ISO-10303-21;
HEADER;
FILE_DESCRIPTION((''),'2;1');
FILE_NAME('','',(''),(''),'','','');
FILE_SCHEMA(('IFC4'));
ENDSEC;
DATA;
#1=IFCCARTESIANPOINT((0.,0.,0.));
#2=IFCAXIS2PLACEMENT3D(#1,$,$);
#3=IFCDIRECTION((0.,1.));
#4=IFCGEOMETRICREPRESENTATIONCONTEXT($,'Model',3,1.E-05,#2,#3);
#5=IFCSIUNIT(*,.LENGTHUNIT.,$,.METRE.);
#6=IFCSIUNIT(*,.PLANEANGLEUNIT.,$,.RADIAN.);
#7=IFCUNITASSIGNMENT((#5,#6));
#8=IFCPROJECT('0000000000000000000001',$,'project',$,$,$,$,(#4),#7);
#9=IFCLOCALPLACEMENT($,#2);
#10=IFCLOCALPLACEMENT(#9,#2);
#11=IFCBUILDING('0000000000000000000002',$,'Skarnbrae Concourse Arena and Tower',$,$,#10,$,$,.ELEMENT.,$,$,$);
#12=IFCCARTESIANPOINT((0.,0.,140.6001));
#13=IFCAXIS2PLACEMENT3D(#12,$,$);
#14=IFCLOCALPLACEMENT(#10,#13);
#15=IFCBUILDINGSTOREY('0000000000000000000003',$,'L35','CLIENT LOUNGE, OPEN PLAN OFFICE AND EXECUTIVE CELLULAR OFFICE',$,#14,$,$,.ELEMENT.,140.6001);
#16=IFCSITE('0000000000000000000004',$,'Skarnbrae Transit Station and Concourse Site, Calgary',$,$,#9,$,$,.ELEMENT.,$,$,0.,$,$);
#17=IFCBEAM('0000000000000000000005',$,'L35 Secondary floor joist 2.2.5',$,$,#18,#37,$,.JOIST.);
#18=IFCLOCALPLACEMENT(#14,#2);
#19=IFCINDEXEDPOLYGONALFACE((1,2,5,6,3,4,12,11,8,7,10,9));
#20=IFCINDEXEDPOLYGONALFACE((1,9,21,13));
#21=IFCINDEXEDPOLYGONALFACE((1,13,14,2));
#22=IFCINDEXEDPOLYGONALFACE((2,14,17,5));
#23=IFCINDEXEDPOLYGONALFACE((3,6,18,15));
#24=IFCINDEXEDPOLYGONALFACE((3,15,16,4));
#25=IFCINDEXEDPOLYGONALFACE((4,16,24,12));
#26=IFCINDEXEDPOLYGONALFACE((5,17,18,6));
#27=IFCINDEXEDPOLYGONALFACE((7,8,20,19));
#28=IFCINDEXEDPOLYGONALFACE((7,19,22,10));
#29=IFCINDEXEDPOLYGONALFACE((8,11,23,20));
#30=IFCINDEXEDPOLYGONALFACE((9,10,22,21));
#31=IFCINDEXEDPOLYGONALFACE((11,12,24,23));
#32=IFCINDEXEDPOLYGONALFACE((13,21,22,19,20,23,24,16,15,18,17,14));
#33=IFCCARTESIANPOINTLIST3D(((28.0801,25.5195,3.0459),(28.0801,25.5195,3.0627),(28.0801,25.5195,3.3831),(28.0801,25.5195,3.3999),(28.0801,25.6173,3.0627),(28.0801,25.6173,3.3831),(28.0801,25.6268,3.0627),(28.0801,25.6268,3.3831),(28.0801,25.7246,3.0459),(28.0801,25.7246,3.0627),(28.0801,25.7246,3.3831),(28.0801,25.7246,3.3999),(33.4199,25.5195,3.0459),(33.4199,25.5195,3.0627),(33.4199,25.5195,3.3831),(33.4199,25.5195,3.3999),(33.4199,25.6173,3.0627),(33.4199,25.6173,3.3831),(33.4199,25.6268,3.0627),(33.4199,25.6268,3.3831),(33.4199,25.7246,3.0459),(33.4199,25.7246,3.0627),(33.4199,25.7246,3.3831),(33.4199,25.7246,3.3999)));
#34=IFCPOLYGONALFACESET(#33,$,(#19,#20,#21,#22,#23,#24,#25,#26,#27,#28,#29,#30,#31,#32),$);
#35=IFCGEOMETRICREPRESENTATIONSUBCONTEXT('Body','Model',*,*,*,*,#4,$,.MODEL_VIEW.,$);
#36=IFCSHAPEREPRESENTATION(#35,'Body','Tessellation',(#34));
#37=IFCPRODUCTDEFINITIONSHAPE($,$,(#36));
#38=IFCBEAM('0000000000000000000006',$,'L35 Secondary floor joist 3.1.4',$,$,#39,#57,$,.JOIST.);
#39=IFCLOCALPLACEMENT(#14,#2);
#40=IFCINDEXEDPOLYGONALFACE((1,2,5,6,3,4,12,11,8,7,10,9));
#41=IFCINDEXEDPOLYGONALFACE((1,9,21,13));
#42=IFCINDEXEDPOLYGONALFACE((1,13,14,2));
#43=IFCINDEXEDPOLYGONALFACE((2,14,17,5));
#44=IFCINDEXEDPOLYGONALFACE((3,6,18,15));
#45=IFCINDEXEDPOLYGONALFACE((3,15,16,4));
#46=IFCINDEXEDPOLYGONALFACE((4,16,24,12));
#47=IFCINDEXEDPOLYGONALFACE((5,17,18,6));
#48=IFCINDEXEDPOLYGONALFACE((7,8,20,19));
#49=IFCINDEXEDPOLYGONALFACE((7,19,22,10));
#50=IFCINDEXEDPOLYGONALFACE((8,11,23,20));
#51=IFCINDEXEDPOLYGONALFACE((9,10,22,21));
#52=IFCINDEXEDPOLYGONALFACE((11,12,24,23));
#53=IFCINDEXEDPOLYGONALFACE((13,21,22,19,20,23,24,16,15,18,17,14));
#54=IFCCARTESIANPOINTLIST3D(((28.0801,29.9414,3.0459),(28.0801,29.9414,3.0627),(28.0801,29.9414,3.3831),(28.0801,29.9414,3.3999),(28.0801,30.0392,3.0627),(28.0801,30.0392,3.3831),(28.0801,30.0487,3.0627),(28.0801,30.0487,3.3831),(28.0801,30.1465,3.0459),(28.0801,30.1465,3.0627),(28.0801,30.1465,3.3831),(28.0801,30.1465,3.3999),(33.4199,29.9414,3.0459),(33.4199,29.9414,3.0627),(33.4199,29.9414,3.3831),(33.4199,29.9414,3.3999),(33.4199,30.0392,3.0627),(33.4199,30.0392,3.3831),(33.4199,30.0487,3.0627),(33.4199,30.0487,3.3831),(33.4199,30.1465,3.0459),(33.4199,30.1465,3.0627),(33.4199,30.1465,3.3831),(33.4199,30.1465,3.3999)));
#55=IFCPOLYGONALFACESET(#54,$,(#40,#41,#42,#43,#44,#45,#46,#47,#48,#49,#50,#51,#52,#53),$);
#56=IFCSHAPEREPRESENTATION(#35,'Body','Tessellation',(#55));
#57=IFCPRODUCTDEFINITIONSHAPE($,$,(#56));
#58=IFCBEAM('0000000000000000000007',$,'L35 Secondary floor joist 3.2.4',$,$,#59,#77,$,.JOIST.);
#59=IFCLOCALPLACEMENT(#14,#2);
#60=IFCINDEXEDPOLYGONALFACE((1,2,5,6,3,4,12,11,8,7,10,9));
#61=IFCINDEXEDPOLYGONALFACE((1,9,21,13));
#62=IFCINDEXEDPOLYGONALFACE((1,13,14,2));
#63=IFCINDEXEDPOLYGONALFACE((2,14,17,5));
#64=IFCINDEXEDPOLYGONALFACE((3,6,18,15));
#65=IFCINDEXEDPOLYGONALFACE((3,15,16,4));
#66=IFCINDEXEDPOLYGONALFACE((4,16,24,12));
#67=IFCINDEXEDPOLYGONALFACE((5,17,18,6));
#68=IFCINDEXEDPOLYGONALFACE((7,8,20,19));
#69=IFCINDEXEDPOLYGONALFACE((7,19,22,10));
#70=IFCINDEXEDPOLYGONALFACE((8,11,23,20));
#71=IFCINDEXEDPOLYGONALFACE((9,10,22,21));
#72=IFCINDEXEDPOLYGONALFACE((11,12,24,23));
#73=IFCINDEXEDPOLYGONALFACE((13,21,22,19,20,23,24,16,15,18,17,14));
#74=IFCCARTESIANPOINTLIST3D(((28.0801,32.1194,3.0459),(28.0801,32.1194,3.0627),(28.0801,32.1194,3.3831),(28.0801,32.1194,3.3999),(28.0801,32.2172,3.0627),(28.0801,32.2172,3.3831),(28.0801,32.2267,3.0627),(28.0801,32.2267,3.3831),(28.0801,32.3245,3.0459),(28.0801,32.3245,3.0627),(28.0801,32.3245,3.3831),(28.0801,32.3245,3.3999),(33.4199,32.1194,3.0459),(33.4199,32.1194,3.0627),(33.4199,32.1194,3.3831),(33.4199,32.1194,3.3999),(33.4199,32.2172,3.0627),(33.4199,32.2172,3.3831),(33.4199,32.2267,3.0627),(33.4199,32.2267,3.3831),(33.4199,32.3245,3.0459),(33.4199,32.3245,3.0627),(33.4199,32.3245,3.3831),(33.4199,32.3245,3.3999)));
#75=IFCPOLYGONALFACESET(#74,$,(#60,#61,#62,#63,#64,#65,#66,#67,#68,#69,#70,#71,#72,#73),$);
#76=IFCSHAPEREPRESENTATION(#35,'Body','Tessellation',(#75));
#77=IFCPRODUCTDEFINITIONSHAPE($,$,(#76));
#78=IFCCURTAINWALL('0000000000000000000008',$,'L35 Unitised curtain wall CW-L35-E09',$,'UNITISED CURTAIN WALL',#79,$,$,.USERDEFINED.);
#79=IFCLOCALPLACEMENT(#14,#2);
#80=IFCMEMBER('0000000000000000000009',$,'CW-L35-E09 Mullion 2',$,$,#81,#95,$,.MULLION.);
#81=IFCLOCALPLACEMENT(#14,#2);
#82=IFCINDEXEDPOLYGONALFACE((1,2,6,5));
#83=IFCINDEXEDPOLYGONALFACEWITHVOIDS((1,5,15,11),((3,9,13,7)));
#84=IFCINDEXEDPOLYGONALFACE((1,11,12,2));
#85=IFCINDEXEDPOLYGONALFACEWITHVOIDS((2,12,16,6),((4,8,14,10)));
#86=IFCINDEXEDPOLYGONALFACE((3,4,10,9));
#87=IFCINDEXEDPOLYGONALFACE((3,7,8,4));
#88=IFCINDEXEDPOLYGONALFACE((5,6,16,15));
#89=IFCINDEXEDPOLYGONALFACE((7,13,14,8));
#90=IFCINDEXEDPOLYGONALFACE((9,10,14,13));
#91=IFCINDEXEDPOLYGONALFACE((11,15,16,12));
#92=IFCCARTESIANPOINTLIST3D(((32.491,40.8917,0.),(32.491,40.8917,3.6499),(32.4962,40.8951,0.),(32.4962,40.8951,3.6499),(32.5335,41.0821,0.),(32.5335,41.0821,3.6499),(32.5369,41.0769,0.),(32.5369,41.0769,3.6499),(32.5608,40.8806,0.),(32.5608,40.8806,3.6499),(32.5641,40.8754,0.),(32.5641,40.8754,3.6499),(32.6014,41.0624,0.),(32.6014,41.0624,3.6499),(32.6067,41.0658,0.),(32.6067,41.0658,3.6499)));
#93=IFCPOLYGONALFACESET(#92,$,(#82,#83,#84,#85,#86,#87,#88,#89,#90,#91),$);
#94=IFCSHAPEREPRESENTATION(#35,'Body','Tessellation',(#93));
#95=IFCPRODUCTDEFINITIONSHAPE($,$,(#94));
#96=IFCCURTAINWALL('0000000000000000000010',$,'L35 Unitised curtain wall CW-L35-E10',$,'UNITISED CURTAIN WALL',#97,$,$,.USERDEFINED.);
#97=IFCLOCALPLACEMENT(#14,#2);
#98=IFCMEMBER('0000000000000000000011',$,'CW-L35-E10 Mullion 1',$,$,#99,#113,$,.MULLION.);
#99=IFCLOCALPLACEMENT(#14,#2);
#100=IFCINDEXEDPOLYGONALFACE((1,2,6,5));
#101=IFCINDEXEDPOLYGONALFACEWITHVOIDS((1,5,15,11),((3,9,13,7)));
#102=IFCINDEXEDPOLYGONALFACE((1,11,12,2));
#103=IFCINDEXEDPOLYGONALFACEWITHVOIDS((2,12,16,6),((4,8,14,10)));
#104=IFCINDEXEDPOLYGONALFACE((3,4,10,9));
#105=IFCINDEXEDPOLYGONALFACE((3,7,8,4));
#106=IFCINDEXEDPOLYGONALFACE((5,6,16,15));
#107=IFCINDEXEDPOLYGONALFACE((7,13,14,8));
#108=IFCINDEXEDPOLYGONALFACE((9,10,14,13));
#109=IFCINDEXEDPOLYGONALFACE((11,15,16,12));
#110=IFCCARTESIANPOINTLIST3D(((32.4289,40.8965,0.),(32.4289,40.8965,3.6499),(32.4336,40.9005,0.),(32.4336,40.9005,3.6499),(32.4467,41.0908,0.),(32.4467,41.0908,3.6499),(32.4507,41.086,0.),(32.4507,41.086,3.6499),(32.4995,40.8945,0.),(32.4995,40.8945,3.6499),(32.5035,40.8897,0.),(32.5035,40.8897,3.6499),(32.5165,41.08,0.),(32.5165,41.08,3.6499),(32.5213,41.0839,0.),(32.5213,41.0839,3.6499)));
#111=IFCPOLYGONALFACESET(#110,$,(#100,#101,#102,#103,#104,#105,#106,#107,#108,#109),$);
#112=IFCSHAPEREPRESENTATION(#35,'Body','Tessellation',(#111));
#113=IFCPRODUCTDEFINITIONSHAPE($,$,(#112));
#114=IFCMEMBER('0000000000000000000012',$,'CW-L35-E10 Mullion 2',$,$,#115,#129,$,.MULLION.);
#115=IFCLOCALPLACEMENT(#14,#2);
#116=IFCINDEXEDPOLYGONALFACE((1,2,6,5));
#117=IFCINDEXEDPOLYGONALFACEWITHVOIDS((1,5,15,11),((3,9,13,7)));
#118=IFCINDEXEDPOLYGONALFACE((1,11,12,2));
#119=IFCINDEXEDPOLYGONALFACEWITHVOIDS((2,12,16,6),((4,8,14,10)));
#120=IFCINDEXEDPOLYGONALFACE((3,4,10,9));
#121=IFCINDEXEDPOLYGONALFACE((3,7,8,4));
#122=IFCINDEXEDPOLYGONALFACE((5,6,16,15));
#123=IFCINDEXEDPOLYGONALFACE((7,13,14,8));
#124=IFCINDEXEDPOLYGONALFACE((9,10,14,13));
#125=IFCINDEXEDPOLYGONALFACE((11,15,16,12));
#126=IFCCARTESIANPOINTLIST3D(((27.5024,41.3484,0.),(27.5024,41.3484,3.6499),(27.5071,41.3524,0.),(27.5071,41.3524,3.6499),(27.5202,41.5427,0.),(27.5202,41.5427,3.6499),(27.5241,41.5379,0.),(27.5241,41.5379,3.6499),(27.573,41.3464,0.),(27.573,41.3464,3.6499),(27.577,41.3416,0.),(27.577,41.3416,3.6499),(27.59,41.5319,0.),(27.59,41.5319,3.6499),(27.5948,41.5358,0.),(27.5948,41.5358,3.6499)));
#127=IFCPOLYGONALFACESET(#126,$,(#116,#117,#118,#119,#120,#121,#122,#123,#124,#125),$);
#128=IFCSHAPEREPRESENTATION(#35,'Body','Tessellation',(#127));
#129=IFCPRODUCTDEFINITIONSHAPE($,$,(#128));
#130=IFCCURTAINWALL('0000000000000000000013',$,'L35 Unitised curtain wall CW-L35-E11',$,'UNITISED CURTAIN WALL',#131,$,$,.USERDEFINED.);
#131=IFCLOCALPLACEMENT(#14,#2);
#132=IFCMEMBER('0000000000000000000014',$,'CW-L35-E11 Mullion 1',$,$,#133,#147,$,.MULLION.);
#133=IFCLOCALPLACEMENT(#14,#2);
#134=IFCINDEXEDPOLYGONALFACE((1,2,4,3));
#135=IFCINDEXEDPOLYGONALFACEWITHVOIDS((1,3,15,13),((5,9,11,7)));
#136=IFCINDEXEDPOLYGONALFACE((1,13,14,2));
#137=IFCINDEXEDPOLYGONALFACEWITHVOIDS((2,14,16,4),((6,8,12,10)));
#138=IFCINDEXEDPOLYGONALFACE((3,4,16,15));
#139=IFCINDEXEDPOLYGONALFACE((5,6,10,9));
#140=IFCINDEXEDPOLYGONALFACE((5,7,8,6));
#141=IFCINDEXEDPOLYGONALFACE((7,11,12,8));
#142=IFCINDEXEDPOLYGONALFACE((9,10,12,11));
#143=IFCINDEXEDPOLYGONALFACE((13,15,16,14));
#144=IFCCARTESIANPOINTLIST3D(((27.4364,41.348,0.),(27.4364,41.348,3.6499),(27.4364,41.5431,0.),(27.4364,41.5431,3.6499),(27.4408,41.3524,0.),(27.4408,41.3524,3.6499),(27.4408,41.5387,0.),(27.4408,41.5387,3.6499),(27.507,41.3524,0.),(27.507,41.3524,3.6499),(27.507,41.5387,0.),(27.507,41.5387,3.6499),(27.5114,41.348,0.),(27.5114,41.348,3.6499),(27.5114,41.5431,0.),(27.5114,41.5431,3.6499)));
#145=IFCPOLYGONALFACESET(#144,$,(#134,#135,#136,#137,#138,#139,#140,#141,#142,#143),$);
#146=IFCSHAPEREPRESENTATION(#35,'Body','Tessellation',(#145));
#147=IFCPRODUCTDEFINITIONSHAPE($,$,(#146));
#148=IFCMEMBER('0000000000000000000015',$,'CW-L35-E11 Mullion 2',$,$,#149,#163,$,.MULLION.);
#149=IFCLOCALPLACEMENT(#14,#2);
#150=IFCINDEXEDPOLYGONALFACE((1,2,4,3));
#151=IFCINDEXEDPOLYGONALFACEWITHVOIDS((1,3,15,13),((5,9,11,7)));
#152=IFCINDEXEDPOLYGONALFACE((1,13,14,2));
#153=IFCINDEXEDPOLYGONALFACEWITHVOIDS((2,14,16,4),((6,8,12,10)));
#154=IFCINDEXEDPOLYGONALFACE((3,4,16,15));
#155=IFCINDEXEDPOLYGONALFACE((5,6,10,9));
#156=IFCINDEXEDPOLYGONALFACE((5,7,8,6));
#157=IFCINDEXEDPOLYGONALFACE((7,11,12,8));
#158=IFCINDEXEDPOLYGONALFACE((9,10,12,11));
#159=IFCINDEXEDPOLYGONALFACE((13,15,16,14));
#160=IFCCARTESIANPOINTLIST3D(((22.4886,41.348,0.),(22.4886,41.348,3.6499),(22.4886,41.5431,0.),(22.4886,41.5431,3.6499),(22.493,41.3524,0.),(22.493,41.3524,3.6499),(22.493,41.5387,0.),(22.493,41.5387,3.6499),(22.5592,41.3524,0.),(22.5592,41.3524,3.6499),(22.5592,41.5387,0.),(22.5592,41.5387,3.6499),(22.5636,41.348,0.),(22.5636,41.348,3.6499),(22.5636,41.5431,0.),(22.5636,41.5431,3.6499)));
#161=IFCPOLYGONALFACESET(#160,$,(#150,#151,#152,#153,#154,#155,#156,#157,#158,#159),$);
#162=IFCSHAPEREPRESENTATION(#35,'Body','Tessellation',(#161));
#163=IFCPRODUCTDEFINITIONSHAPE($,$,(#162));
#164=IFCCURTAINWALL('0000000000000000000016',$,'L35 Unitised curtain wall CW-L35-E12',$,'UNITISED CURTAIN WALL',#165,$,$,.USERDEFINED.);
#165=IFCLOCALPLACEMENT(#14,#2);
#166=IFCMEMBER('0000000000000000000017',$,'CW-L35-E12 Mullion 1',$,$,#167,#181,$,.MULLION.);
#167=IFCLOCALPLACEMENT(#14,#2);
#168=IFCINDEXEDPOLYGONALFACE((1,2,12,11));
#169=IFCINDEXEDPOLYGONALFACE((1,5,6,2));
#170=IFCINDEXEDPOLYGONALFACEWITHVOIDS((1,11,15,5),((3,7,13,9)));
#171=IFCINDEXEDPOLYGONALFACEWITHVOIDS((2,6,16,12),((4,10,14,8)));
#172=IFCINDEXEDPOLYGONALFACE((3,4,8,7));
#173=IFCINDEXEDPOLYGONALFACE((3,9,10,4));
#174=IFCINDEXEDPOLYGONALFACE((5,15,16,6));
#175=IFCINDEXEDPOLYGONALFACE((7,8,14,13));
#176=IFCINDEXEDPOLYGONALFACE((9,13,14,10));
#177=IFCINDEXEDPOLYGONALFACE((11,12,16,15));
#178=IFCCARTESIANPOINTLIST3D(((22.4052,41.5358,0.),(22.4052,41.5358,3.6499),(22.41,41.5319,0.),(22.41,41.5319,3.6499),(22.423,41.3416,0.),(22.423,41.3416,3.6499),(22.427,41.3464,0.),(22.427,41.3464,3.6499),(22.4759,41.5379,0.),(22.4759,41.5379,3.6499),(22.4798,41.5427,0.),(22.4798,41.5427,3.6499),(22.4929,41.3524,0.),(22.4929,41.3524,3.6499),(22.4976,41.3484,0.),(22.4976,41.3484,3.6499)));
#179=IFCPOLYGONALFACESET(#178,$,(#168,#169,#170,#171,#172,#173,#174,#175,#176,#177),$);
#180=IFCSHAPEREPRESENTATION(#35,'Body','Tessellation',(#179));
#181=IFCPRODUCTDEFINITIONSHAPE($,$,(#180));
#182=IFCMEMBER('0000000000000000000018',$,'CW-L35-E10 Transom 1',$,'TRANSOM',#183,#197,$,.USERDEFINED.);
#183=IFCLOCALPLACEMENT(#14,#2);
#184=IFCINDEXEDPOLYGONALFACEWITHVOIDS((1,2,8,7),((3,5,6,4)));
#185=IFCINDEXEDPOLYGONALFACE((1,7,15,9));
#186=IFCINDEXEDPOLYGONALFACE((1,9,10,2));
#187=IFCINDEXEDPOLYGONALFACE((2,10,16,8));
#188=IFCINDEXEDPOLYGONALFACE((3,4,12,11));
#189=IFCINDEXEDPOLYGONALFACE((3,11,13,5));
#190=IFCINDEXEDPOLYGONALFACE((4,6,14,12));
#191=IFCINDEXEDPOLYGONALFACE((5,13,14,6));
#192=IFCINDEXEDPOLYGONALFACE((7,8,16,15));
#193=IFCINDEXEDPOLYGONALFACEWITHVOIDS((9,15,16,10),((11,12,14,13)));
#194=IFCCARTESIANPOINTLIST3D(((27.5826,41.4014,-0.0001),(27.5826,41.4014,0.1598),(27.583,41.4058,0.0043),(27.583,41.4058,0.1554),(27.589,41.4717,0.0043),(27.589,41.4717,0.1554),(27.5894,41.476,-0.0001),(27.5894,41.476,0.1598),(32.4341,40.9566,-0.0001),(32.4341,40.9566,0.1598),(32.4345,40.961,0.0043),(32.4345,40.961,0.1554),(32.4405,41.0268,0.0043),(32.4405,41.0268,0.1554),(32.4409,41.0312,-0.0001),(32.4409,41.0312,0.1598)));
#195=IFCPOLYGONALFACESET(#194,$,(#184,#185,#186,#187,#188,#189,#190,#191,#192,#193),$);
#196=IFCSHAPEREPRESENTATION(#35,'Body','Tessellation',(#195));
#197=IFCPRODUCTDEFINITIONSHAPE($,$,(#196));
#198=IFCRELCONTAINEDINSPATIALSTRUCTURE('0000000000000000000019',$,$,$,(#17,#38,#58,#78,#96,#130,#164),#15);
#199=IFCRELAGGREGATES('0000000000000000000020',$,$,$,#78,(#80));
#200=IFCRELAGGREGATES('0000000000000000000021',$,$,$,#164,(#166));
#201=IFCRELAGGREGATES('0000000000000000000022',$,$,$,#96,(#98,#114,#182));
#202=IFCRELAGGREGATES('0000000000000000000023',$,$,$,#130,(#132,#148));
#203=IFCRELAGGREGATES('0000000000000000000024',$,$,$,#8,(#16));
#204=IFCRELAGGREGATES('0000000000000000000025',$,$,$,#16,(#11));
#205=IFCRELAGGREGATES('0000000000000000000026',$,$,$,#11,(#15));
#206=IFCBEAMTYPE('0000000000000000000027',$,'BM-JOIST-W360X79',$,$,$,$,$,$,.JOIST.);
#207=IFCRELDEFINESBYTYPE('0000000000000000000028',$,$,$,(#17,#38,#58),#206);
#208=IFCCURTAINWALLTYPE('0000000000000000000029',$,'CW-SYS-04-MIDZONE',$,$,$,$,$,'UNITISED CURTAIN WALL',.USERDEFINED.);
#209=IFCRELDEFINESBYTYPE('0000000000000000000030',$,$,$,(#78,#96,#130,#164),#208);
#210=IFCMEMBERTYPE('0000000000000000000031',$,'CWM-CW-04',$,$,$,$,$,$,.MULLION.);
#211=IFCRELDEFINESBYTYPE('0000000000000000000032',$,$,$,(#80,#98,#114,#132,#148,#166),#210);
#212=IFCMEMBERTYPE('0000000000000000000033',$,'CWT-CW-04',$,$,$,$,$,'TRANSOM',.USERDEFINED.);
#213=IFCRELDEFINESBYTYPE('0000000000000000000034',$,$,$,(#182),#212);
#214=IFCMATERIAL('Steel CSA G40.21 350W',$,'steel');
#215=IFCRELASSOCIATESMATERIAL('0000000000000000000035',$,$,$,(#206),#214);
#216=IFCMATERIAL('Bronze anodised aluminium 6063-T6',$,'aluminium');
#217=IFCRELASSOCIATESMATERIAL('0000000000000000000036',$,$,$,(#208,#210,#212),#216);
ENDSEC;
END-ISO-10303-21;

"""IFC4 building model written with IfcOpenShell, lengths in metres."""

from ifc_helpers import new_model, si_unit, direction, frame, origin, origin_2d, place, context, subcontext, project, spatial, hollow_rectangle, i_section, extrude, source, transform, mapped, material, material_profile, profile_set, type_object, element, aggregate, save


model = new_model("IFC4")

# Units and contexts
model_context = context("Model", 3, precision=1e-05, world=origin(), true_north=direction((0.0, 1.0)))
body_context = subcontext(model_context, "Body", "Model", "MODEL_VIEW")
ifc_project = project(units=[si_unit("LENGTHUNIT", "METRE"), si_unit("PLANEANGLEUNIT", "RADIAN")], contexts=[model_context])

# Site, building, storey
site_placement = place(None, origin())
site = spatial("IfcSite", under=ifc_project, at=site_placement, Name="Skarnbrae Transit Station and Concourse Site, Calgary", CompositionType="ELEMENT", RefElevation=0.0)
building_placement = place(site_placement, origin())
building = spatial("IfcBuilding", under=site, at=building_placement, Name="Skarnbrae Concourse Arena and Tower", CompositionType="ELEMENT")
storey_placement = place(building_placement, frame((0.0, 0.0, 140.6001)))
storey = spatial("IfcBuildingStorey", under=building, at=storey_placement, Name="L35", Description="CLIENT LOUNGE, OPEN PLAN OFFICE AND EXECUTIVE CELLULAR OFFICE", CompositionType="ELEMENT", Elevation=140.6001)

# Shared definitions
ifc_material_1 = material(Name="Steel CSA G40.21 350W", Category="steel")

# Beams
ifc_material_profile_1 = material_profile(ifc_material_1, i_section(OverallWidth=0.2051, OverallDepth=0.354, WebThickness=0.0095, FlangeThickness=0.0168, at=origin_2d()), Name="W360X79")
ifc_profile_set_1 = profile_set([ifc_material_profile_1], Name="Steel CSA G40.21 350W")
beam_type_1 = type_object("IfcBeamType", Name="BM-JOIST-W360X79", PredefinedType="JOIST", material=ifc_profile_set_1)
shared_shape_1 = source(origin(), body_context, "Body", "SweptSolid", [
    extrude(i_section(OverallWidth=0.2051, OverallDepth=0.354, WebThickness=0.0095, FlangeThickness=0.0168, at=origin_2d()), origin(), (0.0, 0.0, 1.0), 5.3398),
])
for number, where, z_axis, x_axis, name in (
    (1, (28.0801, 25.6221, 3.2229), (1.0, 0.0, 0.0), (0.0, 1.0, 0.0), "L35 Secondary floor joist 2.2.5"),
    (2, (28.0801, 30.0439, 3.2229), (1.0, 0.0, 0.0), (0.0, 1.0, 0.0), "L35 Secondary floor joist 3.1.4"),
    (3, (28.0801, 32.2219, 3.2229), (1.0, 0.0, 0.0), (0.0, 1.0, 0.0), "L35 Secondary floor joist 3.2.4"),
):
    element("IfcBeam", number, at=place(storey_placement, frame(where, z_axis=z_axis, x_axis=x_axis)), inside=storey, type_object=beam_type_1, Name=name, PredefinedType="JOIST", context=body_context, shape_type="MappedRepresentation", body=[
        mapped(shared_shape_1, transform((0.0, 0.0, 0.0))),
    ])

# Curtain wall, member
ifc_material_2 = material(Name="Bronze anodised aluminium 6063-T6", Category="aluminium")
curtain_wall_type = type_object("IfcCurtainWallType", Name="CW-SYS-04-MIDZONE", ElementType="UNITISED CURTAIN WALL", PredefinedType="USERDEFINED", material=ifc_material_2)
curtain_wall_1_placement = place(storey_placement, origin())
curtain_wall_1 = element("IfcCurtainWall", 4, at=curtain_wall_1_placement, inside=storey, type_object=curtain_wall_type, Name="L35 Unitised curtain wall CW-L35-E09", ObjectType="UNITISED CURTAIN WALL", PredefinedType="USERDEFINED")
ifc_material_profile_2 = material_profile(ifc_material_2, hollow_rectangle(XDim=0.075, YDim=0.1951, WallThickness=0.0044, at=origin_2d()), Name="ALU-MULL-75X195")
ifc_profile_set_2 = profile_set([ifc_material_profile_2], Name="Bronze anodised aluminium 6063-T6")
member_type_1 = type_object("IfcMemberType", Name="CWM-CW-04", PredefinedType="MULLION", material=ifc_profile_set_2)
shared_shape_2 = source(origin(), body_context, "Body", "SweptSolid", [
    extrude(hollow_rectangle(XDim=0.075, YDim=0.1951, WallThickness=0.0044, at=origin_2d()), origin(), (0.0, 0.0, 1.0), 3.6499),
])
member_1_placement = place(storey_placement, frame((32.5488, 40.9788, 0.0), z_axis=(0.0, 0.0, 1.0), x_axis=(-0.975936, 0.218056, 0.0)))
member_1 = element("IfcMember", 5, at=member_1_placement, type_object=member_type_1, Name="CW-L35-E09 Mullion 2", PredefinedType="MULLION", context=body_context, shape_type="MappedRepresentation", body=[
    mapped(shared_shape_2, transform((0.0, 0.0, 0.0))),
])
aggregate(curtain_wall_1, [member_1])

# Curtain walls, members
curtain_wall_2_placement = place(storey_placement, origin())
curtain_wall_2 = element("IfcCurtainWall", 6, at=curtain_wall_2_placement, inside=storey, type_object=curtain_wall_type, Name="L35 Unitised curtain wall CW-L35-E10", ObjectType="UNITISED CURTAIN WALL", PredefinedType="USERDEFINED")
member_2_placement = place(storey_placement, frame((32.4751, 40.9902, 0.0), z_axis=(0.0, 0.0, 1.0), x_axis=(-0.99582, 0.091338, 0.0)))
member_2 = element("IfcMember", 7, at=member_2_placement, type_object=member_type_1, Name="CW-L35-E10 Mullion 1", PredefinedType="MULLION", context=body_context, shape_type="MappedRepresentation", body=[
    mapped(shared_shape_2, transform((0.0, 0.0, 0.0))),
])
member_3_placement = place(storey_placement, frame((27.5486, 41.4421, 0.0), z_axis=(0.0, 0.0, 1.0), x_axis=(-0.99582, 0.091338, 0.0)))
member_3 = element("IfcMember", 8, at=member_3_placement, type_object=member_type_1, Name="CW-L35-E10 Mullion 2", PredefinedType="MULLION", context=body_context, shape_type="MappedRepresentation", body=[
    mapped(shared_shape_2, transform((0.0, 0.0, 0.0))),
])
curtain_wall_3_placement = place(storey_placement, origin())
curtain_wall_3 = element("IfcCurtainWall", 9, at=curtain_wall_3_placement, inside=storey, type_object=curtain_wall_type, Name="L35 Unitised curtain wall CW-L35-E11", ObjectType="UNITISED CURTAIN WALL", PredefinedType="USERDEFINED")
member_4_placement = place(storey_placement, frame((27.4739, 41.4456, 0.0), z_axis=(0.0, 0.0, 1.0), x_axis=(-1.0, 0.0, 0.0)))
member_4 = element("IfcMember", 10, at=member_4_placement, type_object=member_type_1, Name="CW-L35-E11 Mullion 1", PredefinedType="MULLION", context=body_context, shape_type="MappedRepresentation", body=[
    mapped(shared_shape_2, transform((0.0, 0.0, 0.0))),
])
member_5_placement = place(storey_placement, frame((22.5261, 41.4456, 0.0), z_axis=(0.0, 0.0, 1.0), x_axis=(-1.0, 0.0, 0.0)))
member_5 = element("IfcMember", 11, at=member_5_placement, type_object=member_type_1, Name="CW-L35-E11 Mullion 2", PredefinedType="MULLION", context=body_context, shape_type="MappedRepresentation", body=[
    mapped(shared_shape_2, transform((0.0, 0.0, 0.0))),
])

# Curtain wall, member
curtain_wall_4_placement = place(storey_placement, origin())
curtain_wall_4 = element("IfcCurtainWall", 12, at=curtain_wall_4_placement, inside=storey, type_object=curtain_wall_type, Name="L35 Unitised curtain wall CW-L35-E12", ObjectType="UNITISED CURTAIN WALL", PredefinedType="USERDEFINED")
member_6_placement = place(storey_placement, frame((22.4514, 41.4421, 0.0), z_axis=(0.0, 0.0, 1.0), x_axis=(-0.99582, -0.091338, 0.0)))
member_6 = element("IfcMember", 13, at=member_6_placement, type_object=member_type_1, Name="CW-L35-E12 Mullion 1", PredefinedType="MULLION", context=body_context, shape_type="MappedRepresentation", body=[
    mapped(shared_shape_2, transform((0.0, 0.0, 0.0))),
])

# Member
ifc_material_profile_3 = material_profile(ifc_material_2, hollow_rectangle(XDim=0.075, YDim=0.1599, WallThickness=0.0044, at=origin_2d()), Name="ALU-TRAN-75X160")
ifc_profile_set_3 = profile_set([ifc_material_profile_3], Name="Bronze anodised aluminium 6063-T6")
member_type_2 = type_object("IfcMemberType", Name="CWT-CW-04", ElementType="TRANSOM", PredefinedType="USERDEFINED", material=ifc_profile_set_3)
shared_shape_3 = source(origin(), body_context, "Body", "SweptSolid", [
    extrude(hollow_rectangle(XDim=0.075, YDim=0.1599, WallThickness=0.0044, at=origin_2d()), origin(), (0.0, 0.0, 1.0), 4.8718),
])
member_7_placement = place(storey_placement, frame((32.4375, 40.9939, 0.0798), z_axis=(-0.995823, 0.091304, 0.0), x_axis=(-0.091304, -0.995823, 0.0)))
member_7 = element("IfcMember", 14, at=member_7_placement, type_object=member_type_2, Name="CW-L35-E10 Transom 1", ObjectType="TRANSOM", PredefinedType="USERDEFINED", context=body_context, shape_type="MappedRepresentation", body=[
    mapped(shared_shape_3, transform((0.0, 0.0, 0.0))),
])
aggregate(curtain_wall_4, [member_6])

aggregate(curtain_wall_2, [member_2, member_3, member_7])
aggregate(curtain_wall_3, [member_4, member_5])

save(model, "model.ifc")
